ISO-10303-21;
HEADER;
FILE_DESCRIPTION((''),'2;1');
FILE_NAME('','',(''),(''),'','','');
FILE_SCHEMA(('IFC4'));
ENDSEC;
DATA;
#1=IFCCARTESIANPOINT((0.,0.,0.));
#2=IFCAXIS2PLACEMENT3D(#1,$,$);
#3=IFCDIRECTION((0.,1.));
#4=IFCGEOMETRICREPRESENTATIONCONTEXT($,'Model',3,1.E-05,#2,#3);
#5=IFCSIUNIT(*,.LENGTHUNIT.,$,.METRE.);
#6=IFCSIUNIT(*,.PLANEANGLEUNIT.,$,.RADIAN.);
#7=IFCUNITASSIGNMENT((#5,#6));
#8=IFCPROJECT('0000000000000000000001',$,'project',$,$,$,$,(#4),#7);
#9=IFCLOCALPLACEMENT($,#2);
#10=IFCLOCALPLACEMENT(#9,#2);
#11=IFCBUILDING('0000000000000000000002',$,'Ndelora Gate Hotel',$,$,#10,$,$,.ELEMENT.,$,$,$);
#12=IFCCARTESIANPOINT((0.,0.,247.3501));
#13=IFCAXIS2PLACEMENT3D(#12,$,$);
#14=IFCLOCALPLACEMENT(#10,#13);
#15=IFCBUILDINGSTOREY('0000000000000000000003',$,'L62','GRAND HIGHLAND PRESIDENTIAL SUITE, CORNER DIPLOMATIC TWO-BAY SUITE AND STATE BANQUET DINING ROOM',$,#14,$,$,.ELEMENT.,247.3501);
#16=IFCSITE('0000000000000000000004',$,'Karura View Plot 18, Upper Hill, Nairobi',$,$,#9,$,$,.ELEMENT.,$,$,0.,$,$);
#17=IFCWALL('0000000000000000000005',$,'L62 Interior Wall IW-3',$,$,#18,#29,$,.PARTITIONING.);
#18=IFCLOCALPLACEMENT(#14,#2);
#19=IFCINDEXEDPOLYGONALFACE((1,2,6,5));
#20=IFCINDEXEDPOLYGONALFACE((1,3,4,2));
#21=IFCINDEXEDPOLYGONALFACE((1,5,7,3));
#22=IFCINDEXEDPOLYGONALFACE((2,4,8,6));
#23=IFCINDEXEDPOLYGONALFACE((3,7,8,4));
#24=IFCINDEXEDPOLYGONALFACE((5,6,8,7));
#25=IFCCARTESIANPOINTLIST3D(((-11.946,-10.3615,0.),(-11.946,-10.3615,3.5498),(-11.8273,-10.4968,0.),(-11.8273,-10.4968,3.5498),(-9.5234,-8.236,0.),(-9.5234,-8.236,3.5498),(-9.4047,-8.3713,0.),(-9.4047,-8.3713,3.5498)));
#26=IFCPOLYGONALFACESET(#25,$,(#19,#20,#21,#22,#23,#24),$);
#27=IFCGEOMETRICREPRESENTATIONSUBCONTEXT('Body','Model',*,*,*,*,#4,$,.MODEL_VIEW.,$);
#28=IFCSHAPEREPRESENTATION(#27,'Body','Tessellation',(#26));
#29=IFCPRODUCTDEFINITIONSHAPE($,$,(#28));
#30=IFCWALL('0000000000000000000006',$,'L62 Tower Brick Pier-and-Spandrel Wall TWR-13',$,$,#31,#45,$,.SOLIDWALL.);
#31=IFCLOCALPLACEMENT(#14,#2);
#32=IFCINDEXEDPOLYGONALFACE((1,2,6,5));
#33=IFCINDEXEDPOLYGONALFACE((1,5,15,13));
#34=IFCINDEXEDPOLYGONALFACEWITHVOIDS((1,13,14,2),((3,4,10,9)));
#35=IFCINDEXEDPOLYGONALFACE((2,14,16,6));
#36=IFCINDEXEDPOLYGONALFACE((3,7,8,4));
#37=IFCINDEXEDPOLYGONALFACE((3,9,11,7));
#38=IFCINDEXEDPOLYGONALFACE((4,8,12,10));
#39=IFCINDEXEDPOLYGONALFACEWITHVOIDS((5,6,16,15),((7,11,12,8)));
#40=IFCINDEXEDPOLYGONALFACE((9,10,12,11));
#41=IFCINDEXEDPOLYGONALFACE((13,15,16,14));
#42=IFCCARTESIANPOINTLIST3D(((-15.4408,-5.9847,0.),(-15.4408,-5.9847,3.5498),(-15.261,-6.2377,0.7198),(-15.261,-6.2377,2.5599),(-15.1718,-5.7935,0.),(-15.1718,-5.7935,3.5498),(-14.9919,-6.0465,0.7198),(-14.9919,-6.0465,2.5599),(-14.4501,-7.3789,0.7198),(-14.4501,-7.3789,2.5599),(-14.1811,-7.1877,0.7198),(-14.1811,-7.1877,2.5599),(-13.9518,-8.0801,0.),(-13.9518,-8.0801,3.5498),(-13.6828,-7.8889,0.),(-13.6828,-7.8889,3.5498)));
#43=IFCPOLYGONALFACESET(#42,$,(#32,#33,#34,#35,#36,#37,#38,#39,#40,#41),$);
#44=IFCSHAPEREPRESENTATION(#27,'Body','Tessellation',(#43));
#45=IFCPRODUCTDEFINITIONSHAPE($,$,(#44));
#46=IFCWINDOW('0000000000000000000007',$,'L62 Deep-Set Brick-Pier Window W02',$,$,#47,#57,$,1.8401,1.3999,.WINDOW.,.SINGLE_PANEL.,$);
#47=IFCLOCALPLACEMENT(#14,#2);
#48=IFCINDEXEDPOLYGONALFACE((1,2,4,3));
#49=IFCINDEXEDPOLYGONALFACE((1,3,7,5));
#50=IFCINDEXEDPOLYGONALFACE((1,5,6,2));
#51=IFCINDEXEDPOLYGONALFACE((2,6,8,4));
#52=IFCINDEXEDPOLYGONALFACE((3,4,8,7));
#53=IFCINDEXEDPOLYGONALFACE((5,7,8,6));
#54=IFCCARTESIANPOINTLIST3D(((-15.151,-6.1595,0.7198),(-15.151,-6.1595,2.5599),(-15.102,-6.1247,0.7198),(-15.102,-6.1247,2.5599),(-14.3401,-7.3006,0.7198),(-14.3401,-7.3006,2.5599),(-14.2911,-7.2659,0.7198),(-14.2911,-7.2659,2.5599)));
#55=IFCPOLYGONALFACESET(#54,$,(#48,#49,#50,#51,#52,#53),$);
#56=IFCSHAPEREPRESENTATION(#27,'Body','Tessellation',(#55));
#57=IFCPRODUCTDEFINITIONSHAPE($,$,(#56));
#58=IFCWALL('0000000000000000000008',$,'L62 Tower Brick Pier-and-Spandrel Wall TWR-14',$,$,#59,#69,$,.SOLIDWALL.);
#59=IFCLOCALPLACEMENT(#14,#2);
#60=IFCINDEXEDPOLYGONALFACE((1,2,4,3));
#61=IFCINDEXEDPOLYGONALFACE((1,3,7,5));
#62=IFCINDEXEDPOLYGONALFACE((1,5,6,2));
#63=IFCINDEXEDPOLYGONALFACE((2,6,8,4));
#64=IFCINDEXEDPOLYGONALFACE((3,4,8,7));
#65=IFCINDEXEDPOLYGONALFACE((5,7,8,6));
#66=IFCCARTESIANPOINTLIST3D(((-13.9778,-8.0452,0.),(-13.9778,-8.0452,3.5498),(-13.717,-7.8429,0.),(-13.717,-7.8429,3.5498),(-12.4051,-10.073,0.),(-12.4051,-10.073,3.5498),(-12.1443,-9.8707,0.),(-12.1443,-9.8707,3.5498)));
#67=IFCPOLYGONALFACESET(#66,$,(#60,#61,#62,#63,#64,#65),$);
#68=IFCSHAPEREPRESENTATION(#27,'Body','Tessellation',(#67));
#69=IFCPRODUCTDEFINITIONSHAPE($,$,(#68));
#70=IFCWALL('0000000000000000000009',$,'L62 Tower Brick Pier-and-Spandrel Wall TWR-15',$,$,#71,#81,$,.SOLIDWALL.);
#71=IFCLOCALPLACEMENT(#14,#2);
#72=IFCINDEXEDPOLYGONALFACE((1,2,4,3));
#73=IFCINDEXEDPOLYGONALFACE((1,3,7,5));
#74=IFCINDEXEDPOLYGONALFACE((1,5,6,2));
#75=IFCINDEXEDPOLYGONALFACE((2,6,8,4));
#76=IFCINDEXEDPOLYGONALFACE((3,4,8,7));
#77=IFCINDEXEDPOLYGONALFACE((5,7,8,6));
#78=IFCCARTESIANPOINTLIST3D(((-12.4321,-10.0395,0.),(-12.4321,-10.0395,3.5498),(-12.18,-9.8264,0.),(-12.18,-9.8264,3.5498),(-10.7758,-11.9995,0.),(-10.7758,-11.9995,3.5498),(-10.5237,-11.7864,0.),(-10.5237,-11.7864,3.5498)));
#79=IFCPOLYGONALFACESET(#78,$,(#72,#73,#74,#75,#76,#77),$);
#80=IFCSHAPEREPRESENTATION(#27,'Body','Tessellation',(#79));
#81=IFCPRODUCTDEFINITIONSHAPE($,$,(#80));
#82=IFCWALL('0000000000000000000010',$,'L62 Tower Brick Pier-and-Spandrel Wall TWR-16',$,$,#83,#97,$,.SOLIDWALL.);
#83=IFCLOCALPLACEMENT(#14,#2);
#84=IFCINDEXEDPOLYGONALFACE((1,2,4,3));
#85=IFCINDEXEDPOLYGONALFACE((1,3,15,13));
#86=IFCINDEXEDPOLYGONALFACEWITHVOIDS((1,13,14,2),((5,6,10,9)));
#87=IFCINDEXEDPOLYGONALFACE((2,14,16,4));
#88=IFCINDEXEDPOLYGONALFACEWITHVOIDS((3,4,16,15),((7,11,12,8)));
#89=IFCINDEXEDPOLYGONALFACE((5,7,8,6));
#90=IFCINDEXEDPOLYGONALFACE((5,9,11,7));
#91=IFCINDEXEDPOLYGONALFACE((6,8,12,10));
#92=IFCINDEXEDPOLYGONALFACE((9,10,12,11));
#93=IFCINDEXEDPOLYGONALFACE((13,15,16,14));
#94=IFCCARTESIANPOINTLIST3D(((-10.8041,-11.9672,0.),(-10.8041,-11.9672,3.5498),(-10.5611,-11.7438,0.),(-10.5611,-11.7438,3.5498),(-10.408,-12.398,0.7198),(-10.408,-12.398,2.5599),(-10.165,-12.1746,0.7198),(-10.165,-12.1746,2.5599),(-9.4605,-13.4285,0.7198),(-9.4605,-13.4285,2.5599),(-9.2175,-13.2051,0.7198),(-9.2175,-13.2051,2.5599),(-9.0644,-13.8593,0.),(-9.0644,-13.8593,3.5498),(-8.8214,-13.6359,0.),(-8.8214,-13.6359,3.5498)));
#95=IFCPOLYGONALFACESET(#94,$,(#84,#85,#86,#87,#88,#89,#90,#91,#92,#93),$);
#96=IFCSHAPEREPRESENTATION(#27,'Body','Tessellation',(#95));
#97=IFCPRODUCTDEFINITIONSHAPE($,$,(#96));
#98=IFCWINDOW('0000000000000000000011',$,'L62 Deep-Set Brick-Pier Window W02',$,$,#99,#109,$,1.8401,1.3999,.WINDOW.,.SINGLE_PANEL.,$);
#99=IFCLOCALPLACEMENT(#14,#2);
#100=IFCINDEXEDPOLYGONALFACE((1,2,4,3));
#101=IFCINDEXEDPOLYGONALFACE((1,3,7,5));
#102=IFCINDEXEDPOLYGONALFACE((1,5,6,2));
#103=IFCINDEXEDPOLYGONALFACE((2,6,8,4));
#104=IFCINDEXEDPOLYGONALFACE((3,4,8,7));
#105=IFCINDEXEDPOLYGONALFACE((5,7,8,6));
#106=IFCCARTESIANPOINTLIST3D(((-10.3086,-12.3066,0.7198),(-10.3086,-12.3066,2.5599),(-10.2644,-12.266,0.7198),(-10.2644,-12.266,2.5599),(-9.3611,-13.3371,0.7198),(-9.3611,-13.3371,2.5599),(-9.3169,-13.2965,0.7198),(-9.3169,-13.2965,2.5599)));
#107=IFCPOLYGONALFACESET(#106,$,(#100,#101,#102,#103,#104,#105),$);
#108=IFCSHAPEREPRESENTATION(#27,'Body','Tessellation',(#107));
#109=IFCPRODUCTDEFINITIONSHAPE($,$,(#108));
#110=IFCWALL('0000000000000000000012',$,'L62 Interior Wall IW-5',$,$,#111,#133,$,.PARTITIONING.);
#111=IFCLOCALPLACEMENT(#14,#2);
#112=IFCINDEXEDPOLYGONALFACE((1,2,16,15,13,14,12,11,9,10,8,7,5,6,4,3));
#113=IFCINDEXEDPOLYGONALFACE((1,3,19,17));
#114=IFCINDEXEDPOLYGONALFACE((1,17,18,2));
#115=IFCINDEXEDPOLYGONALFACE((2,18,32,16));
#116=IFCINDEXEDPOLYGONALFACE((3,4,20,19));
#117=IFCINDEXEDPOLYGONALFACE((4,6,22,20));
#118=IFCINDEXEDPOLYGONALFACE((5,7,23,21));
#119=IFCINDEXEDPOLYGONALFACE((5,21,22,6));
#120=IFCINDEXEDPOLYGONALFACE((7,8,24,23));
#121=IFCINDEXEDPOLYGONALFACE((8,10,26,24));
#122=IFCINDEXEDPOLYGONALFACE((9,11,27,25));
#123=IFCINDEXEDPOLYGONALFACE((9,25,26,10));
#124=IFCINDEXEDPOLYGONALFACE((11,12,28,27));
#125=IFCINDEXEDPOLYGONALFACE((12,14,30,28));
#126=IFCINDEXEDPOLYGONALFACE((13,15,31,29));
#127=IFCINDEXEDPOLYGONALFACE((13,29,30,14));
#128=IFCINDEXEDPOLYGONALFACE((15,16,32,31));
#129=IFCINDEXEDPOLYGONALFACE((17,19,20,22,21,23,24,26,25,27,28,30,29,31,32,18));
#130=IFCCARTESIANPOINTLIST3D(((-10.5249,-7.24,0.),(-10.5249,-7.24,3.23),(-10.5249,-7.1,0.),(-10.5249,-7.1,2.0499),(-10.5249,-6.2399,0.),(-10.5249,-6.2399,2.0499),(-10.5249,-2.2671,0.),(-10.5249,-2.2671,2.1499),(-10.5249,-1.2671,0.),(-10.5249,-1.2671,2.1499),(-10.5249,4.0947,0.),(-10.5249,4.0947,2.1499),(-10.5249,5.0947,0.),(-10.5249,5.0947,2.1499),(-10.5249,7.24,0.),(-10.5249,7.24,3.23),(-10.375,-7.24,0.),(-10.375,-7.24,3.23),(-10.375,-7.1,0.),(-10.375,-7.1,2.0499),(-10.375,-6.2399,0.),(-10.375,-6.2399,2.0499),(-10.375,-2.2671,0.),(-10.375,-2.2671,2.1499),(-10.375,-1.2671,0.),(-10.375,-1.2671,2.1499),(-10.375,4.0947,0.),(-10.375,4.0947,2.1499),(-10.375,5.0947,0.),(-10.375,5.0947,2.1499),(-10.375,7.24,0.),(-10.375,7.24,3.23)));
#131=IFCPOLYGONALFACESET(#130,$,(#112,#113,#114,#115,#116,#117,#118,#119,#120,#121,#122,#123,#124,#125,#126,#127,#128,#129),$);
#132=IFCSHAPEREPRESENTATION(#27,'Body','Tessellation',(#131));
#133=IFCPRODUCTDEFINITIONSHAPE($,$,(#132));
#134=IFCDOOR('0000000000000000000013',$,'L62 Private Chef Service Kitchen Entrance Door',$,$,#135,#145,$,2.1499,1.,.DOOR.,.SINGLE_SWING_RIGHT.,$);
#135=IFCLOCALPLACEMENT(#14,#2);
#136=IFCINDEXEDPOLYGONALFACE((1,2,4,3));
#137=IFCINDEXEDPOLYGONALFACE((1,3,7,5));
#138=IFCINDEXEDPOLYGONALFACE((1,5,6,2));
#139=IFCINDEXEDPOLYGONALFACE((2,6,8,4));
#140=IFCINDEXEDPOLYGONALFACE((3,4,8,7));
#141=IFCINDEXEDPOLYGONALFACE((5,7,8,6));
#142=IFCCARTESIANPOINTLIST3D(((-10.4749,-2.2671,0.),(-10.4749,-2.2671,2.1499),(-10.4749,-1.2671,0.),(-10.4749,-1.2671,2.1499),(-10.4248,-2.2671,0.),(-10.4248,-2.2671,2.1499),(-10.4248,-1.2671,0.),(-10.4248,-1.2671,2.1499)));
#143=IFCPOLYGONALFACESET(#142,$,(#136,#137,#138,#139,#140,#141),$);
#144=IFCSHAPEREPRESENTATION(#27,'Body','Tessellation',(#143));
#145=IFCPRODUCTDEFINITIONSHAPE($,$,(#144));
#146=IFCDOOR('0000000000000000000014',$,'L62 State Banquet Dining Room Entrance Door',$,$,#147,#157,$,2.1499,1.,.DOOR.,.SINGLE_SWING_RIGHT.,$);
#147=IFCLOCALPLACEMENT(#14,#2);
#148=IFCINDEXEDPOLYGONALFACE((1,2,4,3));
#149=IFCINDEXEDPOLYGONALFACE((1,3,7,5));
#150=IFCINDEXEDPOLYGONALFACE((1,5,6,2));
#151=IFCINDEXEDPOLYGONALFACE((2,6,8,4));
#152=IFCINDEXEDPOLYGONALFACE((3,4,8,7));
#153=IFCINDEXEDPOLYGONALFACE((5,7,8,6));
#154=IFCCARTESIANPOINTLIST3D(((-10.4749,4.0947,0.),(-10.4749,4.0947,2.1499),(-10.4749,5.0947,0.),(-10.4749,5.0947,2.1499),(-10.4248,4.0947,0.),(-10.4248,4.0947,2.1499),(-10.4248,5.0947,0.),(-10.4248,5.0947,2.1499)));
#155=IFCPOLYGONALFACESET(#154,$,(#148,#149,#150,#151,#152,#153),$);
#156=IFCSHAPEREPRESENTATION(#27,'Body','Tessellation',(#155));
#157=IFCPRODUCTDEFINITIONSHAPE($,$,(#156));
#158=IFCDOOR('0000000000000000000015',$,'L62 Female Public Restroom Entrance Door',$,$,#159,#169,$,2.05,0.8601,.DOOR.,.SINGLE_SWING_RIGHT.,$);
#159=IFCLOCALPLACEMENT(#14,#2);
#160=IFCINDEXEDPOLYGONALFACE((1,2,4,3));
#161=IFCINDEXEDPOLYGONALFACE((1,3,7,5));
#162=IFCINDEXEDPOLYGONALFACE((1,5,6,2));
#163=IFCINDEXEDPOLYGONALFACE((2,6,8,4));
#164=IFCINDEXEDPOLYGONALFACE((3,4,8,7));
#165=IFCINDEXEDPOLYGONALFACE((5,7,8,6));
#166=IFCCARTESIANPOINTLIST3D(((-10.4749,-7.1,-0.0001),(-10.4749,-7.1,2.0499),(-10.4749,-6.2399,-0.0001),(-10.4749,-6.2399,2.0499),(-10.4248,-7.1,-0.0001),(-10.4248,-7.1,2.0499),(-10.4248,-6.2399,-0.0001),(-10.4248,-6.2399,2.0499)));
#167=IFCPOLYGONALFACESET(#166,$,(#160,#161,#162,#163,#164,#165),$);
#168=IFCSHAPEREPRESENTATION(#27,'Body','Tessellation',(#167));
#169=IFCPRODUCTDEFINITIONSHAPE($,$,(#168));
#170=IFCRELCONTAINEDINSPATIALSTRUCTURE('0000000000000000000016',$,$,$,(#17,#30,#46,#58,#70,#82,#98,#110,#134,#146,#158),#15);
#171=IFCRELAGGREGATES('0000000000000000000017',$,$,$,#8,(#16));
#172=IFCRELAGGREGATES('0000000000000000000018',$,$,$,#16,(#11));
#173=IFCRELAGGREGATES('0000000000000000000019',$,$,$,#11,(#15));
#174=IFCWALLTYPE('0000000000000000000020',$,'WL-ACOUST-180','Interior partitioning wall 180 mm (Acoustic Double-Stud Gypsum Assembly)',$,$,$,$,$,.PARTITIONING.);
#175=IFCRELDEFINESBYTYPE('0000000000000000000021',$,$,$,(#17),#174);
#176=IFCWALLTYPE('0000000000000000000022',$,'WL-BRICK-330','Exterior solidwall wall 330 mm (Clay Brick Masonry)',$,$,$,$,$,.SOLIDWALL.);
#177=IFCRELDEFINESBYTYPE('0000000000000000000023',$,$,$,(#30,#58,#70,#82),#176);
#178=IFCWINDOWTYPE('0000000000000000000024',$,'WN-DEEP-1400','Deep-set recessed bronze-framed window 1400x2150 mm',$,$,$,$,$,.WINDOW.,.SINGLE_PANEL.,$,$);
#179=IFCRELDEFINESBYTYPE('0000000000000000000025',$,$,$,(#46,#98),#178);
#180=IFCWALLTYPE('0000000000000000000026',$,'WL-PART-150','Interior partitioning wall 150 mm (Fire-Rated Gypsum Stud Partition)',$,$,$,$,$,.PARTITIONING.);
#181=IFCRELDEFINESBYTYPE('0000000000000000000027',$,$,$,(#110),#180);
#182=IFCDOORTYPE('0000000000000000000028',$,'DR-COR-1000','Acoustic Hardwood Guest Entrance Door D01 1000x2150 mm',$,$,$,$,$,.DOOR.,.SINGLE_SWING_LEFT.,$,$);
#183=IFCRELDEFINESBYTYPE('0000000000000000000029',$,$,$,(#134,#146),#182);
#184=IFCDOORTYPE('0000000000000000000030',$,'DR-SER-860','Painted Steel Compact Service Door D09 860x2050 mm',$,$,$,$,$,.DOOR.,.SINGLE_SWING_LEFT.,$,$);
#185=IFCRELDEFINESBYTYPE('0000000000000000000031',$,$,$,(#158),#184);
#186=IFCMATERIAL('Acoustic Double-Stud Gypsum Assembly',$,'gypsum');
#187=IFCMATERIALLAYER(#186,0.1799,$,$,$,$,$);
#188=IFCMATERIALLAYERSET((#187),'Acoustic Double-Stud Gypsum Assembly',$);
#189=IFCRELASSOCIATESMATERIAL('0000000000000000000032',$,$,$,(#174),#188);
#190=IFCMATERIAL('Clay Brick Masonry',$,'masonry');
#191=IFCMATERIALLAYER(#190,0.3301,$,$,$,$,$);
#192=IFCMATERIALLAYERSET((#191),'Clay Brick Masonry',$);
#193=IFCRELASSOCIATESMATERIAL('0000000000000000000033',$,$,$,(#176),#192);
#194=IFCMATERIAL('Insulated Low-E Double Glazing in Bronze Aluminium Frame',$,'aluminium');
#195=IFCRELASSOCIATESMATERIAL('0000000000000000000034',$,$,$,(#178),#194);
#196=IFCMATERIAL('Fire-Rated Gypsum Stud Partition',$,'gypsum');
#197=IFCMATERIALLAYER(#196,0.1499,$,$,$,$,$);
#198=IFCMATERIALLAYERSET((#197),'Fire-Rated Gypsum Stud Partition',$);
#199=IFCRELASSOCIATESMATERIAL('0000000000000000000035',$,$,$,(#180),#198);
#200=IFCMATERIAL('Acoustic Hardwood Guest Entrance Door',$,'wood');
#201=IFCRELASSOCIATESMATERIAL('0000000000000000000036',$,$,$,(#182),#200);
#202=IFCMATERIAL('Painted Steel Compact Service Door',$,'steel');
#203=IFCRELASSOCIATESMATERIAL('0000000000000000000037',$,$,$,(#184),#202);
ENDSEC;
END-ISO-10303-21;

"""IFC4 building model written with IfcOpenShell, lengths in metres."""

from ifc_helpers import new_model, si_unit, direction, frame, frame_2d, origin, place, context, subcontext, project, spatial, rectangle, extrude, material, layer, layer_set, type_object, element, fill, save


model = new_model("IFC4")

# Units and contexts
model_context = context("Model", 3, precision=1e-05, world=origin(), true_north=direction((0.0, 1.0)))
body_context = subcontext(model_context, "Body", "Model", "MODEL_VIEW")
ifc_project = project(units=[si_unit("LENGTHUNIT", "METRE"), si_unit("PLANEANGLEUNIT", "RADIAN")], contexts=[model_context])

# Site, building, storey
site_placement = place(None, origin())
site = spatial("IfcSite", under=ifc_project, at=site_placement, Name="Karura View Plot 18, Upper Hill, Nairobi", CompositionType="ELEMENT", RefElevation=0.0)
building_placement = place(site_placement, origin())
building = spatial("IfcBuilding", under=site, at=building_placement, Name="Ndelora Gate Hotel", CompositionType="ELEMENT")
storey_placement = place(building_placement, frame((0.0, 0.0, 247.3501)))
storey = spatial("IfcBuildingStorey", under=building, at=storey_placement, Name="L62", Description="GRAND HIGHLAND PRESIDENTIAL SUITE, CORNER DIPLOMATIC TWO-BAY SUITE AND STATE BANQUET DINING ROOM", CompositionType="ELEMENT", Elevation=247.3501)

# Wall
ifc_material_1 = material(Name="Acoustic Double-Stud Gypsum Assembly", Category="gypsum")
ifc_layer_1 = layer(ifc_material_1, 0.1799)
ifc_layer_set_1 = layer_set([ifc_layer_1], Name="Acoustic Double-Stud Gypsum Assembly")
wall_type_1 = type_object("IfcWallType", Name="WL-ACOUST-180", Description="Interior partitioning wall 180 mm (Acoustic Double-Stud Gypsum Assembly)", PredefinedType="PARTITIONING", material=ifc_layer_set_1)
wall_1_placement = place(storey_placement, frame((-9.4641, -8.3037, 0.0), z_axis=(0.0, 0.0, 1.0), x_axis=(-0.751698, -0.659507, 0.0)))
element("IfcWall", 1, at=wall_1_placement, inside=storey, type_object=wall_type_1, Name="L62 Interior Wall IW-3", PredefinedType="PARTITIONING", context=body_context, shape_type="SweptSolid", body=[
    extrude(rectangle(XDim=3.2229, YDim=0.1799, at=frame_2d((1.6113, 0.0))), origin(), (0.0, 0.0, 1.0), 3.5498),
])

# Wall, opening, window
ifc_material_2 = material(Name="Clay Brick Masonry", Category="masonry")
ifc_layer_2 = layer(ifc_material_2, 0.3301)
ifc_layer_set_2 = layer_set([ifc_layer_2], Name="Clay Brick Masonry")
wall_type_2 = type_object("IfcWallType", Name="WL-BRICK-330", Description="Exterior solidwall wall 330 mm (Clay Brick Masonry)", PredefinedType="SOLIDWALL", material=ifc_layer_set_2)
wall_2_placement = place(storey_placement, frame((-13.8174, -7.9844, 0.0), z_axis=(0.0, 0.0, 1.0), x_axis=(-0.579242, 0.815156, 0.0)))
wall_2 = element("IfcWall", 2, at=wall_2_placement, inside=storey, type_object=wall_type_2, Name="L62 Tower Brick Pier-and-Spandrel Wall TWR-13", PredefinedType="SOLIDWALL", context=body_context, shape_type="SweptSolid", body=[
    extrude(rectangle(XDim=2.5706, YDim=0.3301, at=frame_2d((1.2852, 0.0))), origin(), (0.0, 0.0, 1.0), 3.5498),
])
opening_1_placement = place(wall_2_placement, frame((0.8601, 0.0, 0.72)))
opening_1 = element("IfcOpeningElement", 3, at=opening_1_placement, cuts=wall_2, PredefinedType="OPENING", context=body_context, shape_type="SweptSolid", body=[
    extrude(rectangle(XDim=1.3999, YDim=1.8401, at=frame_2d((0.7, 0.9199))), frame((0.0, 0.175, 0.0), z_axis=(0.0, -1.0, 0.0), x_axis=(1.0, 0.0, 0.0)), (0.0, 0.0, 1.0), 0.3501),
])
ifc_material_3 = material(Name="Insulated Low-E Double Glazing in Bronze Aluminium Frame", Category="aluminium")
window_type = type_object("IfcWindowType", Name="WN-DEEP-1400", Description="Deep-set recessed bronze-framed window 1400x2150 mm", PartitioningType="SINGLE_PANEL", PredefinedType="WINDOW", material=ifc_material_3)
window_1_placement = place(opening_1_placement, origin())
window_1 = element("IfcWindow", 4, at=window_1_placement, inside=storey, type_object=window_type, Name="L62 Deep-Set Brick-Pier Window W02", OverallHeight=1.8401, OverallWidth=1.3999, PartitioningType="SINGLE_PANEL", PredefinedType="WINDOW", context=body_context, shape_type="SweptSolid", body=[
    extrude(rectangle(XDim=1.3999, YDim=1.8401, at=frame_2d((0.7, 0.9199))), frame((0.0, 0.03, 0.0), z_axis=(0.0, -1.0, 0.0), x_axis=(1.0, 0.0, 0.0)), (0.0, 0.0, 1.0), 0.0601),
])
fill(opening_1, window_1)

# Walls
for number, where, z_axis, x_axis, name in (
    (5, (-12.2747, -9.9719, 0.0), (0.0, 0.0, 1.0), (-0.61286, 0.790192, 0.0), "L62 Tower Brick Pier-and-Spandrel Wall TWR-14"),
    (6, (-10.6497, -11.8931, 0.0), (0.0, 0.0, 1.0), (-0.645447, 0.763805, 0.0), "L62 Tower Brick Pier-and-Spandrel Wall TWR-15"),
):
    element("IfcWall", number, at=place(storey_placement, frame(where, z_axis=z_axis, x_axis=x_axis)), inside=storey, type_object=wall_type_2, Name=name, PredefinedType="SOLIDWALL", context=body_context, shape_type="SweptSolid", body=[
        extrude(rectangle(XDim=2.5662, YDim=0.3301, at=frame_2d((1.2832, 0.0))), origin(), (0.0, 0.0, 1.0), 3.5498),
    ])

# Wall, opening, window
wall_3_placement = place(storey_placement, frame((-8.9429, -13.7476, 0.0), z_axis=(0.0, 0.0, 1.0), x_axis=(-0.676851, 0.73612, 0.0)))
wall_3 = element("IfcWall", 7, at=wall_3_placement, inside=storey, type_object=wall_type_2, Name="L62 Tower Brick Pier-and-Spandrel Wall TWR-16", PredefinedType="SOLIDWALL", context=body_context, shape_type="SweptSolid", body=[
    extrude(rectangle(XDim=2.5703, YDim=0.3301, at=frame_2d((1.2852, 0.0))), origin(), (0.0, 0.0, 1.0), 3.5498),
])
opening_2_placement = place(wall_3_placement, frame((0.5852, 0.0, 0.72)))
opening_2 = element("IfcOpeningElement", 8, at=opening_2_placement, cuts=wall_3, PredefinedType="OPENING", context=body_context, shape_type="SweptSolid", body=[
    extrude(rectangle(XDim=1.3999, YDim=1.8401, at=frame_2d((0.7, 0.9199))), frame((0.0, 0.175, 0.0), z_axis=(0.0, -1.0, 0.0), x_axis=(1.0, 0.0, 0.0)), (0.0, 0.0, 1.0), 0.3501),
])
window_2_placement = place(opening_2_placement, origin())
window_2 = element("IfcWindow", 9, at=window_2_placement, inside=storey, type_object=window_type, Name="L62 Deep-Set Brick-Pier Window W02", OverallHeight=1.8401, OverallWidth=1.3999, PartitioningType="SINGLE_PANEL", PredefinedType="WINDOW", context=body_context, shape_type="SweptSolid", body=[
    extrude(rectangle(XDim=1.3999, YDim=1.8401, at=frame_2d((0.7, 0.9199))), frame((0.0, 0.03, 0.0), z_axis=(0.0, -1.0, 0.0), x_axis=(1.0, 0.0, 0.0)), (0.0, 0.0, 1.0), 0.0601),
])
fill(opening_2, window_2)

# Wall, openings, doors
ifc_material_4 = material(Name="Fire-Rated Gypsum Stud Partition", Category="gypsum")
ifc_layer_3 = layer(ifc_material_4, 0.1499)
ifc_layer_set_3 = layer_set([ifc_layer_3], Name="Fire-Rated Gypsum Stud Partition")
wall_type_3 = type_object("IfcWallType", Name="WL-PART-150", Description="Interior partitioning wall 150 mm (Fire-Rated Gypsum Stud Partition)", PredefinedType="PARTITIONING", material=ifc_layer_set_3)
wall_4_placement = place(storey_placement, frame((-10.45, -7.24, 0.0), z_axis=(0.0, 0.0, 1.0), x_axis=(0.0, 1.0, 0.0)))
wall_4 = element("IfcWall", 10, at=wall_4_placement, inside=storey, type_object=wall_type_3, Name="L62 Interior Wall IW-5", PredefinedType="PARTITIONING", context=body_context, shape_type="SweptSolid", body=[
    extrude(rectangle(XDim=14.48, YDim=0.1499, at=frame_2d((7.24, 0.0))), origin(), (0.0, 0.0, 1.0), 3.23),
])
opening_3_placement = place(wall_4_placement, frame((0.1399, 0.0, 0.0)))
opening_3 = element("IfcOpeningElement", 11, at=opening_3_placement, cuts=wall_4, PredefinedType="OPENING", context=body_context, shape_type="SweptSolid", body=[
    extrude(rectangle(XDim=0.8601, YDim=2.05, at=frame_2d((0.4302, 1.0249))), frame((0.0, 0.085, 0.0), z_axis=(0.0, -1.0, 0.0), x_axis=(1.0, 0.0, 0.0)), (0.0, 0.0, 1.0), 0.1699),
])
opening_4_placement = place(wall_4_placement, frame((4.9729, 0.0, 0.0)))
opening_4 = element("IfcOpeningElement", 12, at=opening_4_placement, cuts=wall_4, PredefinedType="OPENING", context=body_context, shape_type="SweptSolid", body=[
    extrude(rectangle(XDim=1.0, YDim=2.1499, at=frame_2d((0.5, 1.075))), frame((0.0, 0.085, 0.0), z_axis=(0.0, -1.0, 0.0), x_axis=(1.0, 0.0, 0.0)), (0.0, 0.0, 1.0), 0.1699),
])
opening_5_placement = place(wall_4_placement, frame((11.3347, 0.0, 0.0)))
opening_5 = element("IfcOpeningElement", 13, at=opening_5_placement, cuts=wall_4, PredefinedType="OPENING", context=body_context, shape_type="SweptSolid", body=[
    extrude(rectangle(XDim=1.0, YDim=2.1499, at=frame_2d((0.5, 1.075))), frame((0.0, 0.085, 0.0), z_axis=(0.0, -1.0, 0.0), x_axis=(1.0, 0.0, 0.0)), (0.0, 0.0, 1.0), 0.1699),
])
ifc_material_5 = material(Name="Acoustic Hardwood Guest Entrance Door", Category="wood")
door_type_1 = type_object("IfcDoorType", Name="DR-COR-1000", Description="Acoustic Hardwood Guest Entrance Door D01 1000x2150 mm", OperationType="SINGLE_SWING_LEFT", PredefinedType="DOOR", material=ifc_material_5)
door_1_placement = place(opening_4_placement, origin())
door_1 = element("IfcDoor", 14, at=door_1_placement, inside=storey, type_object=door_type_1, Name="L62 Private Chef Service Kitchen Entrance Door", OperationType="SINGLE_SWING_RIGHT", OverallHeight=2.1499, OverallWidth=1.0, PredefinedType="DOOR", context=body_context, shape_type="SweptSolid", body=[
    extrude(rectangle(XDim=1.0, YDim=2.1499, at=frame_2d((0.5, 1.075))), frame((0.0, 0.0249, 0.0), z_axis=(0.0, -1.0, 0.0), x_axis=(1.0, 0.0, 0.0)), (0.0, 0.0, 1.0), 0.05),
])
fill(opening_4, door_1)
door_2_placement = place(opening_5_placement, origin())
door_2 = element("IfcDoor", 15, at=door_2_placement, inside=storey, type_object=door_type_1, Name="L62 State Banquet Dining Room Entrance Door", OperationType="SINGLE_SWING_RIGHT", OverallHeight=2.1499, OverallWidth=1.0, PredefinedType="DOOR", context=body_context, shape_type="SweptSolid", body=[
    extrude(rectangle(XDim=1.0, YDim=2.1499, at=frame_2d((0.5, 1.075))), frame((0.0, 0.0249, 0.0), z_axis=(0.0, -1.0, 0.0), x_axis=(1.0, 0.0, 0.0)), (0.0, 0.0, 1.0), 0.05),
])
fill(opening_5, door_2)
ifc_material_6 = material(Name="Painted Steel Compact Service Door", Category="steel")
door_type_2 = type_object("IfcDoorType", Name="DR-SER-860", Description="Painted Steel Compact Service Door D09 860x2050 mm", OperationType="SINGLE_SWING_LEFT", PredefinedType="DOOR", material=ifc_material_6)
door_3_placement = place(opening_3_placement, origin())
door_3 = element("IfcDoor", 16, at=door_3_placement, inside=storey, type_object=door_type_2, Name="L62 Female Public Restroom Entrance Door", OperationType="SINGLE_SWING_RIGHT", OverallHeight=2.05, OverallWidth=0.8601, PredefinedType="DOOR", context=body_context, shape_type="SweptSolid", body=[
    extrude(rectangle(XDim=0.8601, YDim=2.05, at=frame_2d((0.4302, 1.0249))), frame((0.0, 0.0249, 0.0), z_axis=(0.0, -1.0, 0.0), x_axis=(1.0, 0.0, 0.0)), (0.0, 0.0, 1.0), 0.05),
])
fill(opening_3, door_3)

save(model, "model.ifc")
